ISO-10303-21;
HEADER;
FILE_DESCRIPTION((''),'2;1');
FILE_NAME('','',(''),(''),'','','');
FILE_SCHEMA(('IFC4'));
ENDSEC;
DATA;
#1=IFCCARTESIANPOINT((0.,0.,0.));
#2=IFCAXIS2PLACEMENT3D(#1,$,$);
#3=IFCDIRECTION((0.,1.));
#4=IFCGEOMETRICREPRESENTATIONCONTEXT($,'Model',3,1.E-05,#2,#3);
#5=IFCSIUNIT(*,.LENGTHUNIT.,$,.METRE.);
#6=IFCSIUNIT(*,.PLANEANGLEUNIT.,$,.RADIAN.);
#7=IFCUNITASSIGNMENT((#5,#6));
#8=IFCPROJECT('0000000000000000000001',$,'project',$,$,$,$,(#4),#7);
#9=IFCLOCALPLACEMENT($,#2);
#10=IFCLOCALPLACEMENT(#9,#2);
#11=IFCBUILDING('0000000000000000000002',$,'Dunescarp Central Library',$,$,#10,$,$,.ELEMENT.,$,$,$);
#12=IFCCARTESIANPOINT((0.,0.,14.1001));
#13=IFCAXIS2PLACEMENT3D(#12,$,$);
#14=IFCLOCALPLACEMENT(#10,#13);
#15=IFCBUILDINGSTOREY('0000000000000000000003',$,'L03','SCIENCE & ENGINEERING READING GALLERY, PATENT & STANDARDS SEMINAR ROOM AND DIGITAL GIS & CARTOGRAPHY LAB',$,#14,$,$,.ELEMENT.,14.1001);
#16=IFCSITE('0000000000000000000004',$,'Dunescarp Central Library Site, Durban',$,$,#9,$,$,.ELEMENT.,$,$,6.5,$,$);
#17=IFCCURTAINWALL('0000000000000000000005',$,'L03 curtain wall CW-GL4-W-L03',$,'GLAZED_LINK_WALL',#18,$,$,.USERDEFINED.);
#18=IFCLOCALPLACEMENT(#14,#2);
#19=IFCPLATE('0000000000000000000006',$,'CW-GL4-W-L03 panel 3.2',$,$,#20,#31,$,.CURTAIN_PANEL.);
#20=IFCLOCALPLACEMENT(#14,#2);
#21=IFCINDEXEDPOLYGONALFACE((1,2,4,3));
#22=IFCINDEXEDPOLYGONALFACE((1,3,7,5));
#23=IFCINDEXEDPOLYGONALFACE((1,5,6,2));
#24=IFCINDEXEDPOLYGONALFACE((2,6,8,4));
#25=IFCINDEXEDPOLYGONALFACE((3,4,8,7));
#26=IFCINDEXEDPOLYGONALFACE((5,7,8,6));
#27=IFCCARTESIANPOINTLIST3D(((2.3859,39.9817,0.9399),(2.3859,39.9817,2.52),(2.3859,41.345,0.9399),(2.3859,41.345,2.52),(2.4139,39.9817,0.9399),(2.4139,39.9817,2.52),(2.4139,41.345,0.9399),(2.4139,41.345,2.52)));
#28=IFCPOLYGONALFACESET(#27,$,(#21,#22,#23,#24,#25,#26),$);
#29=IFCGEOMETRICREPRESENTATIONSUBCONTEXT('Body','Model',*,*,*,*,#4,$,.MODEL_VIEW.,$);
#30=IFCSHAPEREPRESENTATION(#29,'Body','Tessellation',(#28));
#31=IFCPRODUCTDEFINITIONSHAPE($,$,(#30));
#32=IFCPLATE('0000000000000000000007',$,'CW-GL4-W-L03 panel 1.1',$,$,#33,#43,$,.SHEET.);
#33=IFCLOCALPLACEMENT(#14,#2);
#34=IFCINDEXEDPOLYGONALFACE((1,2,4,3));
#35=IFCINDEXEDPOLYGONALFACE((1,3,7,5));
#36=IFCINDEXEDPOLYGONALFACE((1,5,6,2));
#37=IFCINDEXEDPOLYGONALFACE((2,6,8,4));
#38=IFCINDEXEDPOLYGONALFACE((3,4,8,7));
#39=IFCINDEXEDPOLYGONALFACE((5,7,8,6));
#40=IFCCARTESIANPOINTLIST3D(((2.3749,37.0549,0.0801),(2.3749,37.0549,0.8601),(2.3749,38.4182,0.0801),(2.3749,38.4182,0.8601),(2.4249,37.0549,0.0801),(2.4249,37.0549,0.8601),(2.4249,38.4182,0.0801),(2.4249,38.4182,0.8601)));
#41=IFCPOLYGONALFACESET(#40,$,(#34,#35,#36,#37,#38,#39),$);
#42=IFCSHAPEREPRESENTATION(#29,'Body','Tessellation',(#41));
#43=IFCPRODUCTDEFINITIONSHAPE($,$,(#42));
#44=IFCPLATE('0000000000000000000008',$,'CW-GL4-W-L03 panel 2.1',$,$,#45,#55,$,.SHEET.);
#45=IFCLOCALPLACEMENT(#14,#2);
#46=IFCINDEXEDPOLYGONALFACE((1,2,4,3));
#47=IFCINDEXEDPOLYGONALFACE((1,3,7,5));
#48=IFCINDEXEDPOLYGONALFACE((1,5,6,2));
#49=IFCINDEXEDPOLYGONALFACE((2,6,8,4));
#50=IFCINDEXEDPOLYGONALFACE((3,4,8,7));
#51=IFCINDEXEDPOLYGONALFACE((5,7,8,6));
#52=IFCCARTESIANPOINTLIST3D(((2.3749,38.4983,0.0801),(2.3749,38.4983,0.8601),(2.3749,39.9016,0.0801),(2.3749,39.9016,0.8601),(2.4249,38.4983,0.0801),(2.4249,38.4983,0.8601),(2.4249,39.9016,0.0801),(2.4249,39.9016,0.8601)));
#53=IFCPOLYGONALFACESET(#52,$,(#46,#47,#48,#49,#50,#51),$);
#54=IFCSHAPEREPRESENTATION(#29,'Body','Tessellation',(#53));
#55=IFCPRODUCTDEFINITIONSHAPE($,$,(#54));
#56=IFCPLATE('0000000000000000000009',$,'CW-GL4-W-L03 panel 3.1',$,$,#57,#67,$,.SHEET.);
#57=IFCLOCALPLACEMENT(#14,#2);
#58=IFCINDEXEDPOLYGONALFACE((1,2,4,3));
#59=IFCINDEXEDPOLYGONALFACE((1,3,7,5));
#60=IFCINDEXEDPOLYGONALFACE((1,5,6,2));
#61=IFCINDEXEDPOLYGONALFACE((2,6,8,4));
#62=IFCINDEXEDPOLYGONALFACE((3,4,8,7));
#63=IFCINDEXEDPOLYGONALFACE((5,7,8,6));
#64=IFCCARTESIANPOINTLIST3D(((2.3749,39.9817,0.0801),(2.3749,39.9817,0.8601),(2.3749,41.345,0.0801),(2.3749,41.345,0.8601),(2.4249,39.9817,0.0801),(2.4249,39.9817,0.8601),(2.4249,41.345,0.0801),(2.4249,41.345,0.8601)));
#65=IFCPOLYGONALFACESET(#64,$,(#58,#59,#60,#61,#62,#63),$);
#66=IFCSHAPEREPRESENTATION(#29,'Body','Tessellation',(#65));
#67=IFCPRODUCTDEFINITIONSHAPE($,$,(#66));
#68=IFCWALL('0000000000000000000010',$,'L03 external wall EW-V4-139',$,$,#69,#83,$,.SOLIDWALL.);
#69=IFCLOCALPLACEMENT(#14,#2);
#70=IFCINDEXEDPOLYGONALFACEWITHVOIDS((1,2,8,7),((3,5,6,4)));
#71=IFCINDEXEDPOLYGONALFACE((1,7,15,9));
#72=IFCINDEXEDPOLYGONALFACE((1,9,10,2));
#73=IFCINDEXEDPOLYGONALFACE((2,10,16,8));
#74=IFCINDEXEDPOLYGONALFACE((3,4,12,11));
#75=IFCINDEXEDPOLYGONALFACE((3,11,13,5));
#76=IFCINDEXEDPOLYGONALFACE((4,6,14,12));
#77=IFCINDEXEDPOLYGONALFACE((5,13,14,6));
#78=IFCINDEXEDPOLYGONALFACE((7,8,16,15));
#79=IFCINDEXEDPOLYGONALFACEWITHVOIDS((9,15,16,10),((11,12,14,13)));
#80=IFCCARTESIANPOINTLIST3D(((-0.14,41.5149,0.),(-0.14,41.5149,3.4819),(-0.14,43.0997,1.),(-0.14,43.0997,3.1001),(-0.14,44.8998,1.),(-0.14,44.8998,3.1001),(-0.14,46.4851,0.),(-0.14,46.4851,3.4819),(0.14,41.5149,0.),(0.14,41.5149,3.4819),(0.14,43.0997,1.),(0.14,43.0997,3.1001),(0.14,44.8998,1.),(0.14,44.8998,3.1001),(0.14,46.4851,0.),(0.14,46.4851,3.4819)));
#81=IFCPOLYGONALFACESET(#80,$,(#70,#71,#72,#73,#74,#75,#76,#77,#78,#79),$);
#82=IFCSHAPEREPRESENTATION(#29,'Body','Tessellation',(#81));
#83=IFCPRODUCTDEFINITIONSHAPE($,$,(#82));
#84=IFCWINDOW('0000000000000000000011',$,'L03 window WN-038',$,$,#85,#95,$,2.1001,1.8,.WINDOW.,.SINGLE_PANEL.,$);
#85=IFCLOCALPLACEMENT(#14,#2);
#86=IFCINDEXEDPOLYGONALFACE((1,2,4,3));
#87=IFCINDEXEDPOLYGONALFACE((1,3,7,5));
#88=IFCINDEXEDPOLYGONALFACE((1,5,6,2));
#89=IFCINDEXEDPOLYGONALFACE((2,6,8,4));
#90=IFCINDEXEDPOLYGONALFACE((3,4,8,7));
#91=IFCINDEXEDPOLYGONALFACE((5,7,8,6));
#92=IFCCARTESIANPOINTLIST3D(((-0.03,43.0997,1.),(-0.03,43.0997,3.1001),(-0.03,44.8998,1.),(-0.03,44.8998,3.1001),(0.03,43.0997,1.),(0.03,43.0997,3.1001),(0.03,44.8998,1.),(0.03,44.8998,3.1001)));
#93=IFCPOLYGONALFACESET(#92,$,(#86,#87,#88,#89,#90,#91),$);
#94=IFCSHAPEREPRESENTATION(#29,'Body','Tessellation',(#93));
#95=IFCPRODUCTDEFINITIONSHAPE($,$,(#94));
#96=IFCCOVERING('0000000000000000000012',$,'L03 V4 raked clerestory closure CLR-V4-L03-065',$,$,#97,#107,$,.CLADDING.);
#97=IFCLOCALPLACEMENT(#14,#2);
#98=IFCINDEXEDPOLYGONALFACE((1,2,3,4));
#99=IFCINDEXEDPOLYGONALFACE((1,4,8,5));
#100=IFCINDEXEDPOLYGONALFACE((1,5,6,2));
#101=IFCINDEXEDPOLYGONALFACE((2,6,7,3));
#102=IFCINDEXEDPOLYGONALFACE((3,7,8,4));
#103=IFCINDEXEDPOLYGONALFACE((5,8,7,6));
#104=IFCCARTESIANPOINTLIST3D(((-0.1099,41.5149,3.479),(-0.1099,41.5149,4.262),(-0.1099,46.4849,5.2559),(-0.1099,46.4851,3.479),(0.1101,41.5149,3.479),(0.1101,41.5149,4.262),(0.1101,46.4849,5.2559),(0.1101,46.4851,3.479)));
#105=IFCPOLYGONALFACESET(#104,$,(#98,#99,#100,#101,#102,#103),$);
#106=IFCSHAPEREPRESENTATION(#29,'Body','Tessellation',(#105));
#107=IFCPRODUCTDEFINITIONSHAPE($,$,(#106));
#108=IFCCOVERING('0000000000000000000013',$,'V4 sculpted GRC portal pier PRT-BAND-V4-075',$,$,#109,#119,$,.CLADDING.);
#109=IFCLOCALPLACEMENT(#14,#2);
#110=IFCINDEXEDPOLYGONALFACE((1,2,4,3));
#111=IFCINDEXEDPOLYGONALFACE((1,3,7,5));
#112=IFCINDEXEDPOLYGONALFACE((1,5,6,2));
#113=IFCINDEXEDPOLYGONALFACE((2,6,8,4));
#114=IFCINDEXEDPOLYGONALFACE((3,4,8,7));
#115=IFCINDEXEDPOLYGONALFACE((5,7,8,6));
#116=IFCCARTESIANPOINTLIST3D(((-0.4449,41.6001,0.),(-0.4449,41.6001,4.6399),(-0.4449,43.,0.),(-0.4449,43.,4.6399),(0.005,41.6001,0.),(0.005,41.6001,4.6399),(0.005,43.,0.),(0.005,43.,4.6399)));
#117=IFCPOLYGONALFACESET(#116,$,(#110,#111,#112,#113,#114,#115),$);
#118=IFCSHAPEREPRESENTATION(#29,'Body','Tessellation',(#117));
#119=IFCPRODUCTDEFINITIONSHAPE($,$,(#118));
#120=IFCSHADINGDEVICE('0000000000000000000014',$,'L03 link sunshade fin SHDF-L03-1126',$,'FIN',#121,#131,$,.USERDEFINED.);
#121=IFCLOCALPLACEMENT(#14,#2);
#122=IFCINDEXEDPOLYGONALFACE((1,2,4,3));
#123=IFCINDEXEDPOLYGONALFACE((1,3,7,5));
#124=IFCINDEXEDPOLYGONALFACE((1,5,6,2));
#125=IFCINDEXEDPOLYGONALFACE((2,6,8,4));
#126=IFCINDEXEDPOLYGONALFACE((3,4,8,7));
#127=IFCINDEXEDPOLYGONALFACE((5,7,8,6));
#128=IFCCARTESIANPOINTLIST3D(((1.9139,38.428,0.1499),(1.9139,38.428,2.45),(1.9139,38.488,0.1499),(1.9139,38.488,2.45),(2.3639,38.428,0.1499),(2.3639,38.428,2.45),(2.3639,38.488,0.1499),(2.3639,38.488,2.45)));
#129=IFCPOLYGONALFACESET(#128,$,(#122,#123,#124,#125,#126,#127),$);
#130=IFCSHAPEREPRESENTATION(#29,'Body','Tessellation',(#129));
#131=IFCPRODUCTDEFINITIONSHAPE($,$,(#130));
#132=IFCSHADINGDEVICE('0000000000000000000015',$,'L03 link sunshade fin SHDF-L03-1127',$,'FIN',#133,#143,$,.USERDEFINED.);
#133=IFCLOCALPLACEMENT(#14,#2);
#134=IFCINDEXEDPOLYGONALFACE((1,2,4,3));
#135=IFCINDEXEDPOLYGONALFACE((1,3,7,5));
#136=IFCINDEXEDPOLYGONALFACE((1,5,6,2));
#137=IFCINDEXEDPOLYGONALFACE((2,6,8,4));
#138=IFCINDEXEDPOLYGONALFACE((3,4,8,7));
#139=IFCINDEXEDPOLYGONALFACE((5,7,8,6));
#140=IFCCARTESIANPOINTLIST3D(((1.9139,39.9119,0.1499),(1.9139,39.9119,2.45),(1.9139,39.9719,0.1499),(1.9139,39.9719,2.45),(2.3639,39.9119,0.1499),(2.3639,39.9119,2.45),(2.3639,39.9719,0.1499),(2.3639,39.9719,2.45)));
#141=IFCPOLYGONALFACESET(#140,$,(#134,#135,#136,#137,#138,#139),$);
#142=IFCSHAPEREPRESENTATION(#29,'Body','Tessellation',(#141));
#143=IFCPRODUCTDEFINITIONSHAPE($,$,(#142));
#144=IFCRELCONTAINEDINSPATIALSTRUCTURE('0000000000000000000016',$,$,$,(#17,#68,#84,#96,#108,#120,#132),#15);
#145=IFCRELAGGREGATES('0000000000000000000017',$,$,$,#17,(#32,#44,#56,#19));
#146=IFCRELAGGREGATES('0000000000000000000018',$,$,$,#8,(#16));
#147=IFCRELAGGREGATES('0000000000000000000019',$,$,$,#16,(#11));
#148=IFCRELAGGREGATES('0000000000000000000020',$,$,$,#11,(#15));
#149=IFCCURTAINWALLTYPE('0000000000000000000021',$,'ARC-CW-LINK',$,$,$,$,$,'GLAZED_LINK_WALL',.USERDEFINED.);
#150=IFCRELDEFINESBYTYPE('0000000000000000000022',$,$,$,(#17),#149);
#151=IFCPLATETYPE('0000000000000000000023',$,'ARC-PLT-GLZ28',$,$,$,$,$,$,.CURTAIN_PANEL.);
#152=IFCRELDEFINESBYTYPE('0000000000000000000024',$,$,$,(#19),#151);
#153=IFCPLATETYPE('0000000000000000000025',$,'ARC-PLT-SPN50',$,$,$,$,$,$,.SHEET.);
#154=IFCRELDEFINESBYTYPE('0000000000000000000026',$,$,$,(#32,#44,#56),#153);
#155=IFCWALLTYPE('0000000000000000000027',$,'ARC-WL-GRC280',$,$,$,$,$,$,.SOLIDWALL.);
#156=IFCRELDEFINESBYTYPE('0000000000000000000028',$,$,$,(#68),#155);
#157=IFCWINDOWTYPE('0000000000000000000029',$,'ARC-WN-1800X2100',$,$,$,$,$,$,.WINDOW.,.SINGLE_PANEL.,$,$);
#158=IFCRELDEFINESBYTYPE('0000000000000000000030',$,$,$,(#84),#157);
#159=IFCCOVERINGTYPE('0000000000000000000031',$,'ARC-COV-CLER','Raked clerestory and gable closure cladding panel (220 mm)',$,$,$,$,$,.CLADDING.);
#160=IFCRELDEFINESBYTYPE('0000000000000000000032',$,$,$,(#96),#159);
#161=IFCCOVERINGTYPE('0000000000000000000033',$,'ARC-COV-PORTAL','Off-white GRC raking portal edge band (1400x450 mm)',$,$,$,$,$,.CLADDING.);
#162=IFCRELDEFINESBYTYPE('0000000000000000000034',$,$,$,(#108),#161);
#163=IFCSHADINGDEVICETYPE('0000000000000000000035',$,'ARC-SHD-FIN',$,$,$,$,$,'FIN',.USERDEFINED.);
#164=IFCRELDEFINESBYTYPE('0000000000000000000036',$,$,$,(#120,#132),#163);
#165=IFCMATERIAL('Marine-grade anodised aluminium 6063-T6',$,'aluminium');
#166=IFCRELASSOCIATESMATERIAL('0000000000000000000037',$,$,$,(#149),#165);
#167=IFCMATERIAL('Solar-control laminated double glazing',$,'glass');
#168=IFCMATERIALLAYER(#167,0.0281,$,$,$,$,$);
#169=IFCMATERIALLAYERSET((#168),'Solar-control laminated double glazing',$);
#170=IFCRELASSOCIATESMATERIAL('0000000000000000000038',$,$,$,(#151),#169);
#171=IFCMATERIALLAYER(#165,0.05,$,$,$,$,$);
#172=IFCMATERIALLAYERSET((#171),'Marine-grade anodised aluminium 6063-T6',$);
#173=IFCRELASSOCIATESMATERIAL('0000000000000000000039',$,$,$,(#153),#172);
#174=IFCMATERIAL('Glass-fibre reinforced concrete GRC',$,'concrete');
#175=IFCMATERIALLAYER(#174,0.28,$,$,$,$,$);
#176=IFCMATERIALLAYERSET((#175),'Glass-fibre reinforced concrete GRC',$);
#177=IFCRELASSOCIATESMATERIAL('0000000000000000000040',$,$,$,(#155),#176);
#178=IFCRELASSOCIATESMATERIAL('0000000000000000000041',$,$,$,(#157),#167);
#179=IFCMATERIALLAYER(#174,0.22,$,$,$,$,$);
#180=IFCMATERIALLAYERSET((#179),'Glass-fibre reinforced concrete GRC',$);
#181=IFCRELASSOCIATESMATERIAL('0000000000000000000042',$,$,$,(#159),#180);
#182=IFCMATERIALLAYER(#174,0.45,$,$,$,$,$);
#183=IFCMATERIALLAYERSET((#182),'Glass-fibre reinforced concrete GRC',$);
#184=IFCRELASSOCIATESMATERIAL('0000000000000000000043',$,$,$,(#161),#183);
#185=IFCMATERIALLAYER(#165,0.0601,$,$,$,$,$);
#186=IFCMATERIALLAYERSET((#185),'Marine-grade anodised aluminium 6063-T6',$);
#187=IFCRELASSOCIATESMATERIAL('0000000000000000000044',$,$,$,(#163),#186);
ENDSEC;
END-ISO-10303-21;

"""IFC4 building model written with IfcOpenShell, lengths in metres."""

from ifc_helpers import new_model, si_unit, direction, frame, frame_2d, origin, origin_2d, place, context, subcontext, project, spatial, polyline, rectangle, outline, extrude, material, layer, layer_set, type_object, element, fill, aggregate, save


model = new_model("IFC4")

# Units and contexts
model_context = context("Model", 3, precision=1e-05, world=origin(), true_north=direction((0.0, 1.0)))
body_context = subcontext(model_context, "Body", "Model", "MODEL_VIEW")
ifc_project = project(units=[si_unit("LENGTHUNIT", "METRE"), si_unit("PLANEANGLEUNIT", "RADIAN")], contexts=[model_context])

# Site, building, storey
site_placement = place(None, origin())
site = spatial("IfcSite", under=ifc_project, at=site_placement, Name="Dunescarp Central Library Site, Durban", CompositionType="ELEMENT", RefElevation=6.5)
building_placement = place(site_placement, origin())
building = spatial("IfcBuilding", under=site, at=building_placement, Name="Dunescarp Central Library", CompositionType="ELEMENT")
storey_placement = place(building_placement, frame((0.0, 0.0, 14.1001)))
storey = spatial("IfcBuildingStorey", under=building, at=storey_placement, Name="L03", Description="SCIENCE & ENGINEERING READING GALLERY, PATENT & STANDARDS SEMINAR ROOM AND DIGITAL GIS & CARTOGRAPHY LAB", CompositionType="ELEMENT", Elevation=14.1001)

# Curtain wall
ifc_material_1 = material(Name="Marine-grade anodised aluminium 6063-T6", Category="aluminium")
curtain_wall_type = type_object("IfcCurtainWallType", Name="ARC-CW-LINK", ElementType="GLAZED_LINK_WALL", PredefinedType="USERDEFINED", material=ifc_material_1)
curtain_wall_placement = place(storey_placement, origin())
curtain_wall = element("IfcCurtainWall", 1, at=curtain_wall_placement, inside=storey, type_object=curtain_wall_type, Name="L03 curtain wall CW-GL4-W-L03", ObjectType="GLAZED_LINK_WALL", PredefinedType="USERDEFINED")

# Plates
ifc_material_2 = material(Name="Solar-control laminated double glazing", Category="glass")
ifc_layer_1 = layer(ifc_material_2, 0.0281)
ifc_layer_set_1 = layer_set([ifc_layer_1], Name="Solar-control laminated double glazing")
plate_type_1 = type_object("IfcPlateType", Name="ARC-PLT-GLZ28", PredefinedType="CURTAIN_PANEL", material=ifc_layer_set_1)
plate_1_placement = place(storey_placement, frame((2.3999, 40.6633, 0.9399), z_axis=(0.0, 0.0, 1.0), x_axis=(0.0, 1.0, 0.0)))
plate_1 = element("IfcPlate", 2, at=plate_1_placement, type_object=plate_type_1, Name="CW-GL4-W-L03 panel 3.2", PredefinedType="CURTAIN_PANEL", context=body_context, shape_type="SweptSolid", body=[
    extrude(rectangle(XDim=1.3633, YDim=0.0281, at=origin_2d()), origin(), (0.0, 0.0, 1.0), 1.5801),
])
ifc_layer_2 = layer(ifc_material_1, 0.05)
ifc_layer_set_2 = layer_set([ifc_layer_2], Name="Marine-grade anodised aluminium 6063-T6")
plate_type_2 = type_object("IfcPlateType", Name="ARC-PLT-SPN50", PredefinedType="SHEET", material=ifc_layer_set_2)
plate_2_placement = place(storey_placement, frame((2.3999, 37.7366, 0.0801), z_axis=(0.0, 0.0, 1.0), x_axis=(0.0, 1.0, 0.0)))
plate_2 = element("IfcPlate", 3, at=plate_2_placement, type_object=plate_type_2, Name="CW-GL4-W-L03 panel 1.1", PredefinedType="SHEET", context=body_context, shape_type="SweptSolid", body=[
    extrude(rectangle(XDim=1.3633, YDim=0.05, at=origin_2d()), origin(), (0.0, 0.0, 1.0), 0.78),
])
plate_3_placement = place(storey_placement, frame((2.3999, 39.2, 0.0801), z_axis=(0.0, 0.0, 1.0), x_axis=(0.0, 1.0, 0.0)))
plate_3 = element("IfcPlate", 4, at=plate_3_placement, type_object=plate_type_2, Name="CW-GL4-W-L03 panel 2.1", PredefinedType="SHEET", context=body_context, shape_type="SweptSolid", body=[
    extrude(rectangle(XDim=1.4033, YDim=0.05, at=origin_2d()), origin(), (0.0, 0.0, 1.0), 0.78),
])
plate_4_placement = place(storey_placement, frame((2.3999, 40.6633, 0.0801), z_axis=(0.0, 0.0, 1.0), x_axis=(0.0, 1.0, 0.0)))
plate_4 = element("IfcPlate", 5, at=plate_4_placement, type_object=plate_type_2, Name="CW-GL4-W-L03 panel 3.1", PredefinedType="SHEET", context=body_context, shape_type="SweptSolid", body=[
    extrude(rectangle(XDim=1.3633, YDim=0.05, at=origin_2d()), origin(), (0.0, 0.0, 1.0), 0.78),
])
aggregate(curtain_wall, [plate_2, plate_3, plate_4, plate_1])

# Wall, opening, window
ifc_material_3 = material(Name="Glass-fibre reinforced concrete GRC", Category="concrete")
ifc_layer_3 = layer(ifc_material_3, 0.28)
ifc_layer_set_3 = layer_set([ifc_layer_3], Name="Glass-fibre reinforced concrete GRC")
wall_type = type_object("IfcWallType", Name="ARC-WL-GRC280", PredefinedType="SOLIDWALL", material=ifc_layer_set_3)
wall_placement = place(storey_placement, frame((0.0, 41.5149, 0.0), z_axis=(0.0, 0.0, 1.0), x_axis=(0.0, 1.0, 0.0)))
wall = element("IfcWall", 6, at=wall_placement, inside=storey, type_object=wall_type, Name="L03 external wall EW-V4-139", PredefinedType="SOLIDWALL", context=body_context, shape_type="SweptSolid", body=[
    extrude(rectangle(XDim=4.9702, YDim=0.28, at=frame_2d((2.4851, 0.0))), origin(), (0.0, 0.0, 1.0), 3.4819),
])
opening_placement = place(wall_placement, frame((1.585, 0.0, 1.0)))
opening = element("IfcOpeningElement", 7, at=opening_placement, cuts=wall, PredefinedType="OPENING", context=body_context, shape_type="SweptSolid", body=[
    extrude(rectangle(XDim=1.8, YDim=2.1001, at=frame_2d((0.8999, 1.05))), frame((0.0, 0.1499, 0.0), z_axis=(0.0, -1.0, 0.0), x_axis=(1.0, 0.0, 0.0)), (0.0, 0.0, 1.0), 0.3),
])
window_type = type_object("IfcWindowType", Name="ARC-WN-1800X2100", PartitioningType="SINGLE_PANEL", PredefinedType="WINDOW", material=ifc_material_2)
window_placement = place(opening_placement, origin())
window = element("IfcWindow", 8, at=window_placement, inside=storey, type_object=window_type, Name="L03 window WN-038", OverallHeight=2.1001, OverallWidth=1.8, PartitioningType="SINGLE_PANEL", PredefinedType="WINDOW", context=body_context, shape_type="SweptSolid", body=[
    extrude(rectangle(XDim=1.8, YDim=2.1001, at=frame_2d((0.8999, 1.05))), frame((0.0, 0.03, 0.0), z_axis=(0.0, -1.0, 0.0), x_axis=(1.0, 0.0, 0.0)), (0.0, 0.0, 1.0), 0.0601),
])
fill(opening, window)

# Coverings
ifc_layer_4 = layer(ifc_material_3, 0.22)
ifc_layer_set_4 = layer_set([ifc_layer_4], Name="Glass-fibre reinforced concrete GRC")
covering_type_1 = type_object("IfcCoveringType", Name="ARC-COV-CLER", Description="Raked clerestory and gable closure cladding panel (220 mm)", PredefinedType="CLADDING", material=ifc_layer_set_4)
covering_1_placement = place(storey_placement, frame((0.0, 41.5149, 3.479), z_axis=(0.0, 0.0, 1.0), x_axis=(0.0, 1.0, 0.0)))
element("IfcCovering", 9, at=covering_1_placement, inside=storey, type_object=covering_type_1, Name="L03 V4 raked clerestory closure CLR-V4-L03-065", PredefinedType="CLADDING", context=body_context, shape_type="SweptSolid", body=[
    extrude(outline(polyline([(0.0, 0.0), (4.9702, 0.0), (4.97, 1.7769), (0.0, 0.783), (0.0, 0.0)])), frame((0.0, 0.1099, 0.0), z_axis=(0.0, -1.0, 0.0), x_axis=(1.0, 0.0, 0.0)), (0.0, 0.0, 1.0), 0.22),
])
ifc_layer_5 = layer(ifc_material_3, 0.45)
ifc_layer_set_5 = layer_set([ifc_layer_5], Name="Glass-fibre reinforced concrete GRC")
covering_type_2 = type_object("IfcCoveringType", Name="ARC-COV-PORTAL", Description="Off-white GRC raking portal edge band (1400x450 mm)", PredefinedType="CLADDING", material=ifc_layer_set_5)
covering_2_placement = place(storey_placement, frame((-0.22, 42.3, 0.0), z_axis=(0.0, 0.0, 1.0), x_axis=(1.0, 0.0, 0.0)))
element("IfcCovering", 10, at=covering_2_placement, inside=storey, type_object=covering_type_2, Name="V4 sculpted GRC portal pier PRT-BAND-V4-075", PredefinedType="CLADDING", context=body_context, shape_type="SweptSolid", body=[
    extrude(rectangle(XDim=0.45, YDim=1.3999, at=origin_2d()), origin(), (0.0, 0.0, 1.0), 4.6399),
])

# Shading devices
ifc_layer_6 = layer(ifc_material_1, 0.0601)
ifc_layer_set_6 = layer_set([ifc_layer_6], Name="Marine-grade anodised aluminium 6063-T6")
shading_device_type = type_object("IfcShadingDeviceType", Name="ARC-SHD-FIN", ElementType="FIN", PredefinedType="USERDEFINED", material=ifc_layer_set_6)
for number, where, z_axis, x_axis, name in (
    (11, (2.1389, 38.458, 0.1499), (0.0, 0.0, 1.0), (-1.0, 0.0, 0.0), "L03 link sunshade fin SHDF-L03-1126"),
    (12, (2.1389, 39.9419, 0.1499), (0.0, 0.0, 1.0), (-1.0, 0.0, 0.0), "L03 link sunshade fin SHDF-L03-1127"),
):
    element("IfcShadingDevice", number, at=place(storey_placement, frame(where, z_axis=z_axis, x_axis=x_axis)), inside=storey, type_object=shading_device_type, Name=name, ObjectType="FIN", PredefinedType="USERDEFINED", context=body_context, shape_type="SweptSolid", body=[
        extrude(rectangle(XDim=0.45, YDim=0.0601, at=origin_2d()), origin(), (0.0, 0.0, 1.0), 2.3),
    ])

save(model, "model.ifc")
